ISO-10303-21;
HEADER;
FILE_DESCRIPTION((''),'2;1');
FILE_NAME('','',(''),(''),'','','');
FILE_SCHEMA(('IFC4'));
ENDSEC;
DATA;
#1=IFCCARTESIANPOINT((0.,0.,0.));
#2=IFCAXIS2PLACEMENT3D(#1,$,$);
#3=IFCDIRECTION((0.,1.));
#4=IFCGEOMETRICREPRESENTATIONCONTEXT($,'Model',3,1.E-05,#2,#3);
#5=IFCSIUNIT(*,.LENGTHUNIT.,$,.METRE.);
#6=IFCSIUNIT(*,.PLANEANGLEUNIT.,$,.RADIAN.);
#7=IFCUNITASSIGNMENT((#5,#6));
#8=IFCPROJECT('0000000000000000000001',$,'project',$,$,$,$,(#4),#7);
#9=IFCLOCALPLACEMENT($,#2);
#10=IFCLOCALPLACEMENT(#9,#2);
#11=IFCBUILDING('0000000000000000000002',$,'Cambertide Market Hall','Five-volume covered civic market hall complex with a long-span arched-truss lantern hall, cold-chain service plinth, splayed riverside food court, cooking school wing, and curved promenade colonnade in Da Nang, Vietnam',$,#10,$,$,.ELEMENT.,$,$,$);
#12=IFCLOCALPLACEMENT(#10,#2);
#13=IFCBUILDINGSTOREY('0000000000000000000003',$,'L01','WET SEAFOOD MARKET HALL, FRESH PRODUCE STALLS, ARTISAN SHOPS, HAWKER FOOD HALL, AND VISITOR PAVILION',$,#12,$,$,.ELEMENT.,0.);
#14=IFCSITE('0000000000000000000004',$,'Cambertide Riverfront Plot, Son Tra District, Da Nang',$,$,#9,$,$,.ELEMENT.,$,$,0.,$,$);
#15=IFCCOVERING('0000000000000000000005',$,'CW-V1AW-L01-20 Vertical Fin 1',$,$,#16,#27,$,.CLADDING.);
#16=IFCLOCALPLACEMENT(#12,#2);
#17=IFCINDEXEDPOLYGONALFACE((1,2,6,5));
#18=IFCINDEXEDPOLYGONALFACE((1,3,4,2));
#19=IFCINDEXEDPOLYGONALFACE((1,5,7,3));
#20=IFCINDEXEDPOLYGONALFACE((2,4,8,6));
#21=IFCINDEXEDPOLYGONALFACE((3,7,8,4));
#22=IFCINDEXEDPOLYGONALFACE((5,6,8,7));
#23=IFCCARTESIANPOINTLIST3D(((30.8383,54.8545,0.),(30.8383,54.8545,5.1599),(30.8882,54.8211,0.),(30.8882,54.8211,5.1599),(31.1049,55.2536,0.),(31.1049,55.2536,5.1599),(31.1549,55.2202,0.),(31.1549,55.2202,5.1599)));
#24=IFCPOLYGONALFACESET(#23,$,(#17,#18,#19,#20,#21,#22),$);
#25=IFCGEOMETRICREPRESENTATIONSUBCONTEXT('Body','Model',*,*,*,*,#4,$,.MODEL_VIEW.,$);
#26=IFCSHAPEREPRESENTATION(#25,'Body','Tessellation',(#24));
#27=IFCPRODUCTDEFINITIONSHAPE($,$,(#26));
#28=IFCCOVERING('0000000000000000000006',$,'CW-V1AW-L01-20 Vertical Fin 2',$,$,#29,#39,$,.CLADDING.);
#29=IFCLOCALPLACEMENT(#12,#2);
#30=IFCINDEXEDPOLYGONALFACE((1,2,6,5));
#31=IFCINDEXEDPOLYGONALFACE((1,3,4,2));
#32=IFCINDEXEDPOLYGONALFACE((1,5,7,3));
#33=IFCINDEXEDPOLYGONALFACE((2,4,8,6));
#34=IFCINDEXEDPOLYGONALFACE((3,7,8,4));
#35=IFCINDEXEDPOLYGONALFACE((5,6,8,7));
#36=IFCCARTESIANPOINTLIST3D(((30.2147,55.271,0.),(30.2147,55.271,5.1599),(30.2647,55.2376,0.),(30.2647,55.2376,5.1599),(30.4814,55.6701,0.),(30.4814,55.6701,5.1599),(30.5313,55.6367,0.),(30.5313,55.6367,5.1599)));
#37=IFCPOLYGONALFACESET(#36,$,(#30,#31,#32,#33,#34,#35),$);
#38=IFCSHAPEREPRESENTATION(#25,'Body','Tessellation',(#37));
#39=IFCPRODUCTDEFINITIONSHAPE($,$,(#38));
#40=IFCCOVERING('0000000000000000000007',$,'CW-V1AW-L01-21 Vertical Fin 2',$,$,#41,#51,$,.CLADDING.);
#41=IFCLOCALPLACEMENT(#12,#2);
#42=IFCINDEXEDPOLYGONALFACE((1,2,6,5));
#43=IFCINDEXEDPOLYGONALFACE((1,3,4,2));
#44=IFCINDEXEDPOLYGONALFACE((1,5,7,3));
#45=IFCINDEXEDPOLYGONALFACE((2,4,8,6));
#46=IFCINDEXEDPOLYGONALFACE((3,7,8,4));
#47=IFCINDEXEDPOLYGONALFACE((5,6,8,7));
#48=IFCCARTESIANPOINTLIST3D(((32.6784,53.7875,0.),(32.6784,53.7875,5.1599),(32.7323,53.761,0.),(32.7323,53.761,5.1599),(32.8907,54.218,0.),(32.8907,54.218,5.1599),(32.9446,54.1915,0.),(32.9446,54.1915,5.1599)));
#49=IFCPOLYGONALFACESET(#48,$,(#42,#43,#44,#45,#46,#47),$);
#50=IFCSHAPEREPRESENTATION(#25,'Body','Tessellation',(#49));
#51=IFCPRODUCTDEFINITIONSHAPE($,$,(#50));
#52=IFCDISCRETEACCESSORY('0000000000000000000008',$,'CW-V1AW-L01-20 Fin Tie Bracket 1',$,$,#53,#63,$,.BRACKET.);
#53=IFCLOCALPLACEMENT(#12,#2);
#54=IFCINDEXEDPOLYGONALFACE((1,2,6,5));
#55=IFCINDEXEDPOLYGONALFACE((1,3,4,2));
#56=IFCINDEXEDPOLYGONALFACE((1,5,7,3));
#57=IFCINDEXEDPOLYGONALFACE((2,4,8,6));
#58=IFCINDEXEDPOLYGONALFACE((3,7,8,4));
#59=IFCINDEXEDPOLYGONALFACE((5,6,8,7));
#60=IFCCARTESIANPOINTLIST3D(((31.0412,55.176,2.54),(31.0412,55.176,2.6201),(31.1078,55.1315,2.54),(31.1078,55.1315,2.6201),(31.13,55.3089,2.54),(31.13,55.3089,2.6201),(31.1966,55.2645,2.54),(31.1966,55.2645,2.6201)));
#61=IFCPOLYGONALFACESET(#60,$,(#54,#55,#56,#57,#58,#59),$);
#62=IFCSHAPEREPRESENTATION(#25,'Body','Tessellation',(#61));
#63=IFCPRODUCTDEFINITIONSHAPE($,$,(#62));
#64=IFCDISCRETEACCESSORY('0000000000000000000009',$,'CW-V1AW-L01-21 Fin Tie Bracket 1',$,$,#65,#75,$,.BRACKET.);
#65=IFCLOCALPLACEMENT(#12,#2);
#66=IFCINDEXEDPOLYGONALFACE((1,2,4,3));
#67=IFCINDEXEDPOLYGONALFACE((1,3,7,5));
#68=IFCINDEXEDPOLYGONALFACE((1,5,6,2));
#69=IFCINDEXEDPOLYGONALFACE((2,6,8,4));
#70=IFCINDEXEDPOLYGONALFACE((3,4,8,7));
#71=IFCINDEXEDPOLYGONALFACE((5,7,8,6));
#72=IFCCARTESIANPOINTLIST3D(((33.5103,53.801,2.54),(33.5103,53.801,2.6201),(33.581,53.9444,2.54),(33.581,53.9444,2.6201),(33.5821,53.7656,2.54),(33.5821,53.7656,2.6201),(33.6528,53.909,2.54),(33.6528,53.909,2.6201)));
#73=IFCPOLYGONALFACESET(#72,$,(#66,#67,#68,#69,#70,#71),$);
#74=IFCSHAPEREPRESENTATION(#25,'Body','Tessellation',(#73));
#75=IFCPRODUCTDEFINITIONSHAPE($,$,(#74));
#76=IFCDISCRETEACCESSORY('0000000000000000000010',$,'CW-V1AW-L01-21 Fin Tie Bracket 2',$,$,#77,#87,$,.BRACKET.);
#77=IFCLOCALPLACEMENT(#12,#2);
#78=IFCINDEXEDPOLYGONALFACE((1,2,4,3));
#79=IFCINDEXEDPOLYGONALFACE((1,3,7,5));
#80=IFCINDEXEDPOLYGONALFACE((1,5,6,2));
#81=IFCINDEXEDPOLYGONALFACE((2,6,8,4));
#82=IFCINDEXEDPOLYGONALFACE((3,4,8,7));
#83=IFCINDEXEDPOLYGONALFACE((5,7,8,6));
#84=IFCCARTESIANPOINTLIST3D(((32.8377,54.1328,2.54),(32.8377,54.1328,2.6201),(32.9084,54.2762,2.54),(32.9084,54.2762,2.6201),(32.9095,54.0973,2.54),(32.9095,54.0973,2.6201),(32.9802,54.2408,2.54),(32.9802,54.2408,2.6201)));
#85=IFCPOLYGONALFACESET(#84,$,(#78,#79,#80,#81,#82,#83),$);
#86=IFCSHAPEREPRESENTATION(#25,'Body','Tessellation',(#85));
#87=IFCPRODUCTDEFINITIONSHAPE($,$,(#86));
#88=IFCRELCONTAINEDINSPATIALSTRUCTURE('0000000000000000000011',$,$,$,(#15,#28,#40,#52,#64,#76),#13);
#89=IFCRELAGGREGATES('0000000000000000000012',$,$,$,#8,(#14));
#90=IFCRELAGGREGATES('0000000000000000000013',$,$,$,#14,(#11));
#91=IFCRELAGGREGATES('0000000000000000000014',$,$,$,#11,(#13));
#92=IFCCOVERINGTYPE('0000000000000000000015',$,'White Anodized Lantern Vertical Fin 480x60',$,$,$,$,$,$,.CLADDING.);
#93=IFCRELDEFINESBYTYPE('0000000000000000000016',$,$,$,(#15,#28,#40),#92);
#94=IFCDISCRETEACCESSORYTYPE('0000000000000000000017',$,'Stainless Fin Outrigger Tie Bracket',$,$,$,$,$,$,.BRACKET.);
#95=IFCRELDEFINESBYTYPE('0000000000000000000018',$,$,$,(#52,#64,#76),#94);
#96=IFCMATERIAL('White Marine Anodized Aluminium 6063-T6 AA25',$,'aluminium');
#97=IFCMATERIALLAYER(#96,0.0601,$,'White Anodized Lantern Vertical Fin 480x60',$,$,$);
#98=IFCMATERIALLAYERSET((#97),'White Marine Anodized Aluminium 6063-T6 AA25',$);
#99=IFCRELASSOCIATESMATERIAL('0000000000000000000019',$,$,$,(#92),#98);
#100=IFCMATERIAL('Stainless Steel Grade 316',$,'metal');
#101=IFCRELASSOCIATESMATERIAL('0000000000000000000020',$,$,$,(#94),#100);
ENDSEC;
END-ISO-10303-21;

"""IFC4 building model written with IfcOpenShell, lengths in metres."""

from ifc_helpers import new_model, si_unit, direction, frame, origin, origin_2d, place, context, subcontext, project, spatial, rectangle, extrude, material, layer, layer_set, type_object, element, save


model = new_model("IFC4")

# Units and contexts
model_context = context("Model", 3, precision=1e-05, world=origin(), true_north=direction((0.0, 1.0)))
body_context = subcontext(model_context, "Body", "Model", "MODEL_VIEW")
ifc_project = project(units=[si_unit("LENGTHUNIT", "METRE"), si_unit("PLANEANGLEUNIT", "RADIAN")], contexts=[model_context])

# Site, building, storey
site_placement = place(None, origin())
site = spatial("IfcSite", under=ifc_project, at=site_placement, Name="Cambertide Riverfront Plot, Son Tra District, Da Nang", CompositionType="ELEMENT", RefElevation=0.0)
building_placement = place(site_placement, origin())
building = spatial("IfcBuilding", under=site, at=building_placement, Name="Cambertide Market Hall", Description="Five-volume covered civic market hall complex with a long-span arched-truss lantern hall, cold-chain service plinth, splayed riverside food court, cooking school wing, and curved promenade colonnade in Da Nang, Vietnam", CompositionType="ELEMENT")
storey_placement = place(building_placement, origin())
storey = spatial("IfcBuildingStorey", under=building, at=storey_placement, Name="L01", Description="WET SEAFOOD MARKET HALL, FRESH PRODUCE STALLS, ARTISAN SHOPS, HAWKER FOOD HALL, AND VISITOR PAVILION", CompositionType="ELEMENT", Elevation=0.0)

# Coverings
ifc_material_1 = material(Name="White Marine Anodized Aluminium 6063-T6 AA25", Category="aluminium")
ifc_layer_1 = layer(ifc_material_1, 0.0601, Name="White Anodized Lantern Vertical Fin 480x60")
ifc_layer_set_1 = layer_set([ifc_layer_1], Name="White Marine Anodized Aluminium 6063-T6 AA25")
covering_type = type_object("IfcCoveringType", Name="White Anodized Lantern Vertical Fin 480x60", PredefinedType="CLADDING", material=ifc_layer_set_1)
for number, where, z_axis, x_axis, name in (
    (1, (30.9966, 55.0374, 0.0), (0.0, 0.0, 1.0), (-0.83147, 0.55557, 0.0), "CW-V1AW-L01-20 Vertical Fin 1"),
    (2, (30.373, 55.4539, 0.0), (0.0, 0.0, 1.0), (-0.83147, 0.55557, 0.0), "CW-V1AW-L01-20 Vertical Fin 2"),
    (3, (32.8115, 53.9895, 0.0), (0.0, 0.0, 1.0), (-0.896873, 0.442289, 0.0), "CW-V1AW-L01-21 Vertical Fin 2"),
):
    element("IfcCovering", number, at=place(storey_placement, frame(where, z_axis=z_axis, x_axis=x_axis)), inside=storey, type_object=covering_type, Name=name, PredefinedType="CLADDING", context=body_context, shape_type="SweptSolid", body=[
        extrude(rectangle(XDim=0.0601, YDim=0.48, at=origin_2d()), origin(), (0.0, 0.0, 1.0), 5.1599),
    ])

# Discrete accessories
ifc_material_2 = material(Name="Stainless Steel Grade 316", Category="metal")
discrete_accessory_type = type_object("IfcDiscreteAccessoryType", Name="Stainless Fin Outrigger Tie Bracket", PredefinedType="BRACKET", material=ifc_material_2)
for number, where, z_axis, x_axis, name in (
    (4, (31.1189, 55.2202, 2.54), (0.0, 0.0, 1.0), (-0.83147, 0.55557, 0.0), "CW-V1AW-L01-20 Fin Tie Bracket 1"),
    (5, (33.5815, 53.855, 2.54), (0.0, 0.0, 1.0), (-0.896873, 0.442289, 0.0), "CW-V1AW-L01-21 Fin Tie Bracket 1"),
    (6, (32.9089, 54.1868, 2.54), (0.0, 0.0, 1.0), (-0.896873, 0.442289, 0.0), "CW-V1AW-L01-21 Fin Tie Bracket 2"),
):
    element("IfcDiscreteAccessory", number, at=place(storey_placement, frame(where, z_axis=z_axis, x_axis=x_axis)), inside=storey, type_object=discrete_accessory_type, Name=name, PredefinedType="BRACKET", context=body_context, shape_type="SweptSolid", body=[
        extrude(rectangle(XDim=0.0801, YDim=0.1599, at=origin_2d()), origin(), (0.0, 0.0, 1.0), 0.0801),
    ])

save(model, "model.ifc")
